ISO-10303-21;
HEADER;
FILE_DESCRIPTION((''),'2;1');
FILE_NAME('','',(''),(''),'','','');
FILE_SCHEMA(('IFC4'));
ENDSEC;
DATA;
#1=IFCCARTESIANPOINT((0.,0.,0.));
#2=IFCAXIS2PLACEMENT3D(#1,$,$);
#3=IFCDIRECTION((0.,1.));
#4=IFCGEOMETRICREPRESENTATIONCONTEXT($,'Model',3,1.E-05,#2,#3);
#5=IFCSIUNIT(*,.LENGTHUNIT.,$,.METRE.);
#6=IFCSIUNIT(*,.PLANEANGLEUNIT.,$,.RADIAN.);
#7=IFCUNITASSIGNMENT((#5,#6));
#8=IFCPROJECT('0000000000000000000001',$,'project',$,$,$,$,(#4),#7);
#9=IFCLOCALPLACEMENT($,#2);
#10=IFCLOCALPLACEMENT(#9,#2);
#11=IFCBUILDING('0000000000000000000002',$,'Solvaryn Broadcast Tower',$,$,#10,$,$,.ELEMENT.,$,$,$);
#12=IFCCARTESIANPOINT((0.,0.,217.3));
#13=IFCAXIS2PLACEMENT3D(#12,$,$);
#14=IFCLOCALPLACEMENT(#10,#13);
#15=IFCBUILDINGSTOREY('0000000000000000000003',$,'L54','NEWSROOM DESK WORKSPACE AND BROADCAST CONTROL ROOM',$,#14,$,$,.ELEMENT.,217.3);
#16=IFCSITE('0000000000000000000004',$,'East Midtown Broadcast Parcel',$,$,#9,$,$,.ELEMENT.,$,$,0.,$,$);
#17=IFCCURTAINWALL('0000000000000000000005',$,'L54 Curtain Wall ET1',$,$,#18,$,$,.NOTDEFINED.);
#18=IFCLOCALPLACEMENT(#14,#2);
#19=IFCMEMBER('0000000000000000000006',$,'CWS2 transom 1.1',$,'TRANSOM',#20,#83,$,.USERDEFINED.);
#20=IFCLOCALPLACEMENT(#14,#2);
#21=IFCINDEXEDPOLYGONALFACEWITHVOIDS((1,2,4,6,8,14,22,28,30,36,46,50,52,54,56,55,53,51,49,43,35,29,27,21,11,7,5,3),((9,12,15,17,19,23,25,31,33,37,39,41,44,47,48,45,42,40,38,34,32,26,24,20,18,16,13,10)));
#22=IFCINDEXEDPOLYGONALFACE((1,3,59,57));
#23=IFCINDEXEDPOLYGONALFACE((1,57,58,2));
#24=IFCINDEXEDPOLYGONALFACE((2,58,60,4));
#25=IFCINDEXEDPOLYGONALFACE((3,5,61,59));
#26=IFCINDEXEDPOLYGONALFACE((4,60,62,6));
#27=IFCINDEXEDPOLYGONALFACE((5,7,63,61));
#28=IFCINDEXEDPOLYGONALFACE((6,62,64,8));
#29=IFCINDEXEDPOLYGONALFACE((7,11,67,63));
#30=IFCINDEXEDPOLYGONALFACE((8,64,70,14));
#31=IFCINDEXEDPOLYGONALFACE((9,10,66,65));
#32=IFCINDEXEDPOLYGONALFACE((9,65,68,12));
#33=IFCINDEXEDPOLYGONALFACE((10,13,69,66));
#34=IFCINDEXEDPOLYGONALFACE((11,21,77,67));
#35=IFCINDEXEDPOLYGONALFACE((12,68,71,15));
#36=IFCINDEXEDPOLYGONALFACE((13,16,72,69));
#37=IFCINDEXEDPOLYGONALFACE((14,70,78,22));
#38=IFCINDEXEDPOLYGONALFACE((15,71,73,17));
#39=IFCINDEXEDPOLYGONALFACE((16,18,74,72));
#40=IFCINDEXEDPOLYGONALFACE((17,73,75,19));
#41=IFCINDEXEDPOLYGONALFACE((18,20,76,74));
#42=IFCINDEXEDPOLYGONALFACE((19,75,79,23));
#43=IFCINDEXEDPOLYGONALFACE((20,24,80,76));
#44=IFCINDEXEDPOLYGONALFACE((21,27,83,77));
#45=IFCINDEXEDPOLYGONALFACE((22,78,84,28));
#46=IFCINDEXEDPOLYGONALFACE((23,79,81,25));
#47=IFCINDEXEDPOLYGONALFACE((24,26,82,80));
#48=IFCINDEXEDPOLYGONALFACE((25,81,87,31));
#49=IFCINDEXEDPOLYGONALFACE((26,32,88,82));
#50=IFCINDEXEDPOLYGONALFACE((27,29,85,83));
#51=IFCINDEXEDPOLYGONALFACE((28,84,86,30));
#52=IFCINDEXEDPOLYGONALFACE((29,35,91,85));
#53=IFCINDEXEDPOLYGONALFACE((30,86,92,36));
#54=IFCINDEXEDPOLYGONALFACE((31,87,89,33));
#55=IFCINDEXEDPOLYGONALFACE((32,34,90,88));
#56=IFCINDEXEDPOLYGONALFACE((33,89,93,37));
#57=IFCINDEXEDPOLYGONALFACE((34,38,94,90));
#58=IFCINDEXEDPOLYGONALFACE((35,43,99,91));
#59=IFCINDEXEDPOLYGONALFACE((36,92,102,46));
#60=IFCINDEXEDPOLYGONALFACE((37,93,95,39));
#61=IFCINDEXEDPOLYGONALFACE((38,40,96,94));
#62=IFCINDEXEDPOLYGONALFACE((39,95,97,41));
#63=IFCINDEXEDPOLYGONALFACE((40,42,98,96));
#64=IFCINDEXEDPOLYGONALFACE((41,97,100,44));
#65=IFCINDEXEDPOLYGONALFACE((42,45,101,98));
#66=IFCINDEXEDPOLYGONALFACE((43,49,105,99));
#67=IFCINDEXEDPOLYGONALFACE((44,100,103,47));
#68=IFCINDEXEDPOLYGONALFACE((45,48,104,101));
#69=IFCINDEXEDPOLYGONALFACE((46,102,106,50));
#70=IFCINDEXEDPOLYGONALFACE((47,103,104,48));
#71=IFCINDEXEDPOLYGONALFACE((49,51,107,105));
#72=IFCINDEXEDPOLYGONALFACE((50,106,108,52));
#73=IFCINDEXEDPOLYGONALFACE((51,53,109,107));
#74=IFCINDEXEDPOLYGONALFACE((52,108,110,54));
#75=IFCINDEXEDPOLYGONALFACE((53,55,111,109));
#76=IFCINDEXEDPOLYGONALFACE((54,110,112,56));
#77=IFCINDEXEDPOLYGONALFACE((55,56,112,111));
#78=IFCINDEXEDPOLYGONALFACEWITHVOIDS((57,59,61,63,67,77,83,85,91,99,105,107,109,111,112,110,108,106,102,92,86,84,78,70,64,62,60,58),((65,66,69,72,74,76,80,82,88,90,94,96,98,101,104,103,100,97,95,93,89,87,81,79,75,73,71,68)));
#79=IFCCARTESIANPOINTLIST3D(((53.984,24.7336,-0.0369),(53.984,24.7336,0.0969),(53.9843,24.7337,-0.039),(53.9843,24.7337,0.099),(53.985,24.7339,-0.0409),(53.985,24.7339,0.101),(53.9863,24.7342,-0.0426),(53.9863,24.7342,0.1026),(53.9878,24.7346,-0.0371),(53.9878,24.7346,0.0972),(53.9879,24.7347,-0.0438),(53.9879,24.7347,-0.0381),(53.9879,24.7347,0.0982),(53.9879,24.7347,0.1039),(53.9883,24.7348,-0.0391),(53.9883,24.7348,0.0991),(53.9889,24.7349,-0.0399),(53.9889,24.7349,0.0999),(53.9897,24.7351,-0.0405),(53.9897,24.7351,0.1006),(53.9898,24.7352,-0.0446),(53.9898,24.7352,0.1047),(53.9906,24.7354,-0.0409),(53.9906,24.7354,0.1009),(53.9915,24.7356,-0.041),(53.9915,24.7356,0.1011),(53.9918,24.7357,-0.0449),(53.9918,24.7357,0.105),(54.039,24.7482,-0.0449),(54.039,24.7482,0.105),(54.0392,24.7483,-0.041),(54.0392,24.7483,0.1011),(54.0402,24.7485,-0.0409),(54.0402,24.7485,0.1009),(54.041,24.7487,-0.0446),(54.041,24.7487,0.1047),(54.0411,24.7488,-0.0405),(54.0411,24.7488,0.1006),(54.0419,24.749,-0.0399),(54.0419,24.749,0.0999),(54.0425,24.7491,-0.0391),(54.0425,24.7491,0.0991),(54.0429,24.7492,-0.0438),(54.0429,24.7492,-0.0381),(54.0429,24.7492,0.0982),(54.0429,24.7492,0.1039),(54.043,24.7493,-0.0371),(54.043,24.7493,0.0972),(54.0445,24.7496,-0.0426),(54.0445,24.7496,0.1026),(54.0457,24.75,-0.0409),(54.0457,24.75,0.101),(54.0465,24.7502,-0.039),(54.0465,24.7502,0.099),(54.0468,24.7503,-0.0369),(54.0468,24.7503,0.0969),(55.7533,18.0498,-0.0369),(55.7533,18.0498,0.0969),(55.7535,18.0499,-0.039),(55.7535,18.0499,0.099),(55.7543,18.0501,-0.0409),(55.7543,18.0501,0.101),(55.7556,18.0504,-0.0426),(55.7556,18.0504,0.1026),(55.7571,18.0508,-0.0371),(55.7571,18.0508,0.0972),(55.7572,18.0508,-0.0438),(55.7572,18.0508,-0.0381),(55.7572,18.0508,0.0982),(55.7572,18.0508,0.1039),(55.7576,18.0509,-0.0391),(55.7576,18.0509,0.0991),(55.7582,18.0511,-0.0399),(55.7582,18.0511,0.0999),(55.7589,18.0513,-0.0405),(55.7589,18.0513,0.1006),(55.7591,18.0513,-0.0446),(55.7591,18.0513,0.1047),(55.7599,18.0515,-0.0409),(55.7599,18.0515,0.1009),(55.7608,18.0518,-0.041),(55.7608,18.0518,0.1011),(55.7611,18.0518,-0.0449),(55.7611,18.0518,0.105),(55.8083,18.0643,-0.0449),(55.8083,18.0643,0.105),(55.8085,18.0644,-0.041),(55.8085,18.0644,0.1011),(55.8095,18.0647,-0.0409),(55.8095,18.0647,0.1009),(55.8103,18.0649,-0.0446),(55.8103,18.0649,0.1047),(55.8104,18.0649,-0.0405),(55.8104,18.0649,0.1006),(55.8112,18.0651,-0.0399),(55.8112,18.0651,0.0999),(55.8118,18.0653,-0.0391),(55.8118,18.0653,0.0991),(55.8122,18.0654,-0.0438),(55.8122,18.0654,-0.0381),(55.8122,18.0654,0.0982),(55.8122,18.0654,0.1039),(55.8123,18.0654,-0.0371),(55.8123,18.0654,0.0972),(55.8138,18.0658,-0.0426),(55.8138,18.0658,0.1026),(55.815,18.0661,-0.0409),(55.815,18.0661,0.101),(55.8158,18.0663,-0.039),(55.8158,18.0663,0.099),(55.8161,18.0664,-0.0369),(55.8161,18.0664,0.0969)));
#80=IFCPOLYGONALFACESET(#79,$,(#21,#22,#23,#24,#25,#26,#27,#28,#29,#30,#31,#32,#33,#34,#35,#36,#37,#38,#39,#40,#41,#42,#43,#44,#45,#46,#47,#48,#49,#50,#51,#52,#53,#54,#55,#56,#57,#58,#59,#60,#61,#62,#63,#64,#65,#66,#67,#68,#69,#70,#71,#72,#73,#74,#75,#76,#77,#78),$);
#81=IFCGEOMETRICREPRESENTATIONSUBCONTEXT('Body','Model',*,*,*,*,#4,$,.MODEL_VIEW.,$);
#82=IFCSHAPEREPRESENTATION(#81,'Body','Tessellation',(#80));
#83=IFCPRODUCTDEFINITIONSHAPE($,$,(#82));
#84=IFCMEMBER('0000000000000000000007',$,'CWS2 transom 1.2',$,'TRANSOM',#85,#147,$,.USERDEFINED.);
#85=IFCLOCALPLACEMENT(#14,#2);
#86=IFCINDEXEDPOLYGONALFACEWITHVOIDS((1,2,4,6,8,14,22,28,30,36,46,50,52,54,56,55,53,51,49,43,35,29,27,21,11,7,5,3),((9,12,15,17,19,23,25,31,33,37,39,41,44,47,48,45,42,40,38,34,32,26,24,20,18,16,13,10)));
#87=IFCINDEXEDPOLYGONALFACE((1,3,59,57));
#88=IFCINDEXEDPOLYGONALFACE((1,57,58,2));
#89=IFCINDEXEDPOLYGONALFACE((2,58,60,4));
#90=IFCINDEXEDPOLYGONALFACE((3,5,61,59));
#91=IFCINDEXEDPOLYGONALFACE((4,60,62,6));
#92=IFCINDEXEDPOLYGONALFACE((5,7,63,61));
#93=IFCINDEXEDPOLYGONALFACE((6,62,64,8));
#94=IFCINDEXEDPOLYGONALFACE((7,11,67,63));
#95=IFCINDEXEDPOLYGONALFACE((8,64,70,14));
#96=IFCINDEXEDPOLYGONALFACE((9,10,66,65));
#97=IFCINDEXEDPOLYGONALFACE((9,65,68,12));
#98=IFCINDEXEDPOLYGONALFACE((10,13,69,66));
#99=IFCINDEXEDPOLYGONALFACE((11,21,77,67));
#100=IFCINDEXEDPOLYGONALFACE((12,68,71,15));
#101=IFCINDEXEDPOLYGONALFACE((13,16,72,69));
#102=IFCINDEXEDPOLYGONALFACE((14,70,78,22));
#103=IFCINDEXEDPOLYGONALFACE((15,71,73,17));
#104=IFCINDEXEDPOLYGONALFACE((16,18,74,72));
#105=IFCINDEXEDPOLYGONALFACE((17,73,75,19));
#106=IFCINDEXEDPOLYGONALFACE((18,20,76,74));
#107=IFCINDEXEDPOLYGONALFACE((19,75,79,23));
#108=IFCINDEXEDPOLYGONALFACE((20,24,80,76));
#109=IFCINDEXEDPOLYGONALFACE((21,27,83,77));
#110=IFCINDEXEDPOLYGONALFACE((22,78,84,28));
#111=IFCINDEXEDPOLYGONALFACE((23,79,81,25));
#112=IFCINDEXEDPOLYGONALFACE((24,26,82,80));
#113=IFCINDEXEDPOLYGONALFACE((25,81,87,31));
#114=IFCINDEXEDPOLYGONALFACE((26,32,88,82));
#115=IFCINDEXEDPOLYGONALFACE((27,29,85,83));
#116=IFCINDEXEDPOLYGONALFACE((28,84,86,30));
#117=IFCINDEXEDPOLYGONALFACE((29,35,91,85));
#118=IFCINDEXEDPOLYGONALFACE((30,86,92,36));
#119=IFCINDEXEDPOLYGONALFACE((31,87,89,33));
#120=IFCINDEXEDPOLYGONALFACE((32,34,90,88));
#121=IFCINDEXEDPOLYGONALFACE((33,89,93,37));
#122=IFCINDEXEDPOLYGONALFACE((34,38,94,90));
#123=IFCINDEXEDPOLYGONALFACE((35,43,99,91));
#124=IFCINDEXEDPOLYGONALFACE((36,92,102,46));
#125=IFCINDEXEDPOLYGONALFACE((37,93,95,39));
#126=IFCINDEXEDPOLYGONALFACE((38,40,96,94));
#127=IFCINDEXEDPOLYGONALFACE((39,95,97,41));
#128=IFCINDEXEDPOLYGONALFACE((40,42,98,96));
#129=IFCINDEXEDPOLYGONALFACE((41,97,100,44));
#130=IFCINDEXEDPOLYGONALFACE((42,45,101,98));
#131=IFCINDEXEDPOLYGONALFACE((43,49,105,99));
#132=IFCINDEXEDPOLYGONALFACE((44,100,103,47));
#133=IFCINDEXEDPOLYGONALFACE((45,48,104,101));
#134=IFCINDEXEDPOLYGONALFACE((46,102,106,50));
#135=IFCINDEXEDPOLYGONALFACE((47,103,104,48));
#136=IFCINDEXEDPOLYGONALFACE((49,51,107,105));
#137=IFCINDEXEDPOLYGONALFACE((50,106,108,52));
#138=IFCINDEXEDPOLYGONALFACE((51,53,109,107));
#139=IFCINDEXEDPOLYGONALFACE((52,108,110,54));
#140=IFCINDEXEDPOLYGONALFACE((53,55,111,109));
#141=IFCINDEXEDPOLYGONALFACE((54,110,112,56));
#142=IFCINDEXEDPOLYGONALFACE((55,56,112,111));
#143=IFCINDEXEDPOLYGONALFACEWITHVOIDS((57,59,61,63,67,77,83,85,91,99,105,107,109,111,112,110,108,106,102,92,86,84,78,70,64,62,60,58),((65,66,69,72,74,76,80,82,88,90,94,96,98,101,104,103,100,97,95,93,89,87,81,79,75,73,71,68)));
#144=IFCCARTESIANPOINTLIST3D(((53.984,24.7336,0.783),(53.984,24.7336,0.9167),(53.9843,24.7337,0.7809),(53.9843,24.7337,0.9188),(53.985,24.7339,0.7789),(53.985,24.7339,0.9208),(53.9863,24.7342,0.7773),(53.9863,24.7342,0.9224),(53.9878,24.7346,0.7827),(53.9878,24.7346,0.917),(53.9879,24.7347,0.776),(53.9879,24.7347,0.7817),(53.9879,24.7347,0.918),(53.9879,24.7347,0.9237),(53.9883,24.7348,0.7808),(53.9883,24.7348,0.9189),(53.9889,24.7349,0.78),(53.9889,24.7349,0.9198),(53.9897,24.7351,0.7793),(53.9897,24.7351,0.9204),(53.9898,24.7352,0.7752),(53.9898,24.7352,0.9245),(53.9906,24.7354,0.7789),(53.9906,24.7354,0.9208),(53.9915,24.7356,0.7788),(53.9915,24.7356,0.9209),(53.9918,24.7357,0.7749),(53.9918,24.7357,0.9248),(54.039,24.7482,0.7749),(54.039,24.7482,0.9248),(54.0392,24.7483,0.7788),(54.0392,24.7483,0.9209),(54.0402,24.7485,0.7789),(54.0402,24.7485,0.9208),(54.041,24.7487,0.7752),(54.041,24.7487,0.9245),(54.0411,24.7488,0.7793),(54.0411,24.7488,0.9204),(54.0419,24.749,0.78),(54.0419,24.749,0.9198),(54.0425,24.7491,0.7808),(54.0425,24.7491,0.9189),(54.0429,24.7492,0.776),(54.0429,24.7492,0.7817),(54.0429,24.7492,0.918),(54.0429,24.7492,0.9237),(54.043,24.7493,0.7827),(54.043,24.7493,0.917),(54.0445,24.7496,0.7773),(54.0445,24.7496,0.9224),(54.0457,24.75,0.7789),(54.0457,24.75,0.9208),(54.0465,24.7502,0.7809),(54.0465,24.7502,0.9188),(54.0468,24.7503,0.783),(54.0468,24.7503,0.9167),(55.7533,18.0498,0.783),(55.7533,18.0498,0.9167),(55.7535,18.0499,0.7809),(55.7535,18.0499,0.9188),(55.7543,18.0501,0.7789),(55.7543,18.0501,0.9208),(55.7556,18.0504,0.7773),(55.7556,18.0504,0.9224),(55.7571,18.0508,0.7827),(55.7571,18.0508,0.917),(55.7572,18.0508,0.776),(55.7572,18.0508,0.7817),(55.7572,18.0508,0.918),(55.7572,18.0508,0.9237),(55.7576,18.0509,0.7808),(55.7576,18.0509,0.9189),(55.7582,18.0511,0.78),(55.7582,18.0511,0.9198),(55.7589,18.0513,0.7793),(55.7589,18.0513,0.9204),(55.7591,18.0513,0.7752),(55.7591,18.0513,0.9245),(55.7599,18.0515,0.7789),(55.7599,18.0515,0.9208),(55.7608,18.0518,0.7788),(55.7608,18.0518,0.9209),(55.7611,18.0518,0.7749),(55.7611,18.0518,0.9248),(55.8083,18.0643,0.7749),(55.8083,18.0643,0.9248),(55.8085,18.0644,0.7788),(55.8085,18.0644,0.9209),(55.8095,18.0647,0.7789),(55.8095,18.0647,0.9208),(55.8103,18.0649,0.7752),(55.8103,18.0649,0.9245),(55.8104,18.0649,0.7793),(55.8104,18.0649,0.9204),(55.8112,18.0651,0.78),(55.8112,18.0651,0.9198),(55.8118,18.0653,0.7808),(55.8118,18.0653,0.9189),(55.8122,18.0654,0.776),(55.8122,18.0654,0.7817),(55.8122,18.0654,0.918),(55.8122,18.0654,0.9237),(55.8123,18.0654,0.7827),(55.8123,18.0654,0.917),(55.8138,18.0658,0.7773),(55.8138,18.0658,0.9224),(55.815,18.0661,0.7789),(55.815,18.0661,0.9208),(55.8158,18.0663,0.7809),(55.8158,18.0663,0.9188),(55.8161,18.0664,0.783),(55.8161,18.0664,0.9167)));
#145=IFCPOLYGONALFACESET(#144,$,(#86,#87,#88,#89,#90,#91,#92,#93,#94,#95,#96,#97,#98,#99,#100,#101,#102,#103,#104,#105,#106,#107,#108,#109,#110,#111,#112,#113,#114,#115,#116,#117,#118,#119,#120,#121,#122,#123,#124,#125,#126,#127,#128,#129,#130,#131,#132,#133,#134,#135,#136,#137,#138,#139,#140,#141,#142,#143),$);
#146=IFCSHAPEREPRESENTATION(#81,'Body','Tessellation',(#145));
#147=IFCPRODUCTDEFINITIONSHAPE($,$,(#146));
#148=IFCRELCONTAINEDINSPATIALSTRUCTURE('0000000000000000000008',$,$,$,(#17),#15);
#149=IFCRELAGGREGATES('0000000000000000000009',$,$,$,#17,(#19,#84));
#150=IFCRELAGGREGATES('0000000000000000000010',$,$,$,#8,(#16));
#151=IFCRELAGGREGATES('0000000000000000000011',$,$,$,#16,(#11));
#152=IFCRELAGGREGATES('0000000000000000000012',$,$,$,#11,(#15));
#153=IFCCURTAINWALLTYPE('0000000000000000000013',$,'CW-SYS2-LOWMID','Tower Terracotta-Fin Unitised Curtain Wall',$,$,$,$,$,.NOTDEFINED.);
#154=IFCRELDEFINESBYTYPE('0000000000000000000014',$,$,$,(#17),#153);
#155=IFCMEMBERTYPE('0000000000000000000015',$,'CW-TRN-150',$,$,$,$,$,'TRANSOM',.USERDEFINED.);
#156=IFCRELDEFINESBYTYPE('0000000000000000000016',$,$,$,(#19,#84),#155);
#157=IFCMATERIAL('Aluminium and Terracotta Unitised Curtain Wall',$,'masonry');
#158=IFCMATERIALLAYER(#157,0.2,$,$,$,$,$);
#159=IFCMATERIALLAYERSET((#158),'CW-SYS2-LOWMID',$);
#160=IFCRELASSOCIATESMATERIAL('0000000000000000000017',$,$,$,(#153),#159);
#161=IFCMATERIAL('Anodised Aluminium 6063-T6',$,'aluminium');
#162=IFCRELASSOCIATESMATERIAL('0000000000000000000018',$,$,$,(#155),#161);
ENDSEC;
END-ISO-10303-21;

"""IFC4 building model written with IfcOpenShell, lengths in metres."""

from ifc_helpers import new_model, si_unit, direction, frame, origin, origin_2d, place, context, subcontext, project, spatial, hollow_rectangle, extrude, material, layer, layer_set, material_profile, profile_set, type_object, element, aggregate, save


model = new_model("IFC4")

# Units and contexts
model_context = context("Model", 3, precision=1e-05, world=origin(), true_north=direction((0.0, 1.0)))
body_context = subcontext(model_context, "Body", "Model", "MODEL_VIEW")
ifc_project = project(units=[si_unit("LENGTHUNIT", "METRE"), si_unit("PLANEANGLEUNIT", "RADIAN")], contexts=[model_context])

# Site, building, storey
site_placement = place(None, origin())
site = spatial("IfcSite", under=ifc_project, at=site_placement, Name="East Midtown Broadcast Parcel", CompositionType="ELEMENT", RefElevation=0.0)
building_placement = place(site_placement, origin())
building = spatial("IfcBuilding", under=site, at=building_placement, Name="Solvaryn Broadcast Tower", CompositionType="ELEMENT")
storey_placement = place(building_placement, frame((0.0, 0.0, 217.3)))
storey = spatial("IfcBuildingStorey", under=building, at=storey_placement, Name="L54", Description="NEWSROOM DESK WORKSPACE AND BROADCAST CONTROL ROOM", CompositionType="ELEMENT", Elevation=217.3)

# Curtain wall
ifc_material_1 = material(Name="Aluminium and Terracotta Unitised Curtain Wall", Category="masonry")
ifc_layer_1 = layer(ifc_material_1, 0.2)
ifc_layer_set_1 = layer_set([ifc_layer_1], Name="CW-SYS2-LOWMID")
curtain_wall_type = type_object("IfcCurtainWallType", Name="CW-SYS2-LOWMID", Description="Tower Terracotta-Fin Unitised Curtain Wall", PredefinedType="NOTDEFINED", material=ifc_layer_set_1)
curtain_wall_1_placement = place(storey_placement, origin())
curtain_wall_1 = element("IfcCurtainWall", 1, at=curtain_wall_1_placement, inside=storey, type_object=curtain_wall_type, Name="L54 Curtain Wall ET1", PredefinedType="NOTDEFINED")

# Members
ifc_material_2 = material(Name="Anodised Aluminium 6063-T6", Category="aluminium")
ifc_material_profile_1 = material_profile(ifc_material_2, hollow_rectangle(XDim=0.0649, YDim=0.1499, WallThickness=0.0039, InnerFilletRadius=0.0039, OuterFilletRadius=0.0081, at=origin_2d()))
ifc_profile_set_1 = profile_set([ifc_material_profile_1], Name="Anodised Aluminium 6063-T6")
member_type_1 = type_object("IfcMemberType", Name="CW-TRN-150", ElementType="TRANSOM", PredefinedType="USERDEFINED", material=ifc_profile_set_1)
member_1_placement = place(storey_placement, frame((54.0154, 24.7419, 0.03), z_axis=(0.255897, -0.966704, 0.0), x_axis=(0.966704, 0.255897, 0.0)))
member_1 = element("IfcMember", 2, at=member_1_placement, type_object=member_type_1, Name="CWS2 transom 1.1", ObjectType="TRANSOM", PredefinedType="USERDEFINED", context=body_context, shape_type="SweptSolid", body=[
    extrude(hollow_rectangle(XDim=0.0649, YDim=0.1499, WallThickness=0.0039, InnerFilletRadius=0.0039, OuterFilletRadius=0.0081, at=origin_2d()), origin(), (0.0, 0.0, 1.0), 6.9141),
])
member_2_placement = place(storey_placement, frame((54.0154, 24.7419, 0.8499), z_axis=(0.255897, -0.966704, 0.0), x_axis=(0.966704, 0.255897, 0.0)))
member_2 = element("IfcMember", 3, at=member_2_placement, type_object=member_type_1, Name="CWS2 transom 1.2", ObjectType="TRANSOM", PredefinedType="USERDEFINED", context=body_context, shape_type="SweptSolid", body=[
    extrude(hollow_rectangle(XDim=0.0649, YDim=0.1499, WallThickness=0.0039, InnerFilletRadius=0.0039, OuterFilletRadius=0.0081, at=origin_2d()), origin(), (0.0, 0.0, 1.0), 6.9141),
])

aggregate(curtain_wall_1, [member_1, member_2])

save(model, "model.ifc")
